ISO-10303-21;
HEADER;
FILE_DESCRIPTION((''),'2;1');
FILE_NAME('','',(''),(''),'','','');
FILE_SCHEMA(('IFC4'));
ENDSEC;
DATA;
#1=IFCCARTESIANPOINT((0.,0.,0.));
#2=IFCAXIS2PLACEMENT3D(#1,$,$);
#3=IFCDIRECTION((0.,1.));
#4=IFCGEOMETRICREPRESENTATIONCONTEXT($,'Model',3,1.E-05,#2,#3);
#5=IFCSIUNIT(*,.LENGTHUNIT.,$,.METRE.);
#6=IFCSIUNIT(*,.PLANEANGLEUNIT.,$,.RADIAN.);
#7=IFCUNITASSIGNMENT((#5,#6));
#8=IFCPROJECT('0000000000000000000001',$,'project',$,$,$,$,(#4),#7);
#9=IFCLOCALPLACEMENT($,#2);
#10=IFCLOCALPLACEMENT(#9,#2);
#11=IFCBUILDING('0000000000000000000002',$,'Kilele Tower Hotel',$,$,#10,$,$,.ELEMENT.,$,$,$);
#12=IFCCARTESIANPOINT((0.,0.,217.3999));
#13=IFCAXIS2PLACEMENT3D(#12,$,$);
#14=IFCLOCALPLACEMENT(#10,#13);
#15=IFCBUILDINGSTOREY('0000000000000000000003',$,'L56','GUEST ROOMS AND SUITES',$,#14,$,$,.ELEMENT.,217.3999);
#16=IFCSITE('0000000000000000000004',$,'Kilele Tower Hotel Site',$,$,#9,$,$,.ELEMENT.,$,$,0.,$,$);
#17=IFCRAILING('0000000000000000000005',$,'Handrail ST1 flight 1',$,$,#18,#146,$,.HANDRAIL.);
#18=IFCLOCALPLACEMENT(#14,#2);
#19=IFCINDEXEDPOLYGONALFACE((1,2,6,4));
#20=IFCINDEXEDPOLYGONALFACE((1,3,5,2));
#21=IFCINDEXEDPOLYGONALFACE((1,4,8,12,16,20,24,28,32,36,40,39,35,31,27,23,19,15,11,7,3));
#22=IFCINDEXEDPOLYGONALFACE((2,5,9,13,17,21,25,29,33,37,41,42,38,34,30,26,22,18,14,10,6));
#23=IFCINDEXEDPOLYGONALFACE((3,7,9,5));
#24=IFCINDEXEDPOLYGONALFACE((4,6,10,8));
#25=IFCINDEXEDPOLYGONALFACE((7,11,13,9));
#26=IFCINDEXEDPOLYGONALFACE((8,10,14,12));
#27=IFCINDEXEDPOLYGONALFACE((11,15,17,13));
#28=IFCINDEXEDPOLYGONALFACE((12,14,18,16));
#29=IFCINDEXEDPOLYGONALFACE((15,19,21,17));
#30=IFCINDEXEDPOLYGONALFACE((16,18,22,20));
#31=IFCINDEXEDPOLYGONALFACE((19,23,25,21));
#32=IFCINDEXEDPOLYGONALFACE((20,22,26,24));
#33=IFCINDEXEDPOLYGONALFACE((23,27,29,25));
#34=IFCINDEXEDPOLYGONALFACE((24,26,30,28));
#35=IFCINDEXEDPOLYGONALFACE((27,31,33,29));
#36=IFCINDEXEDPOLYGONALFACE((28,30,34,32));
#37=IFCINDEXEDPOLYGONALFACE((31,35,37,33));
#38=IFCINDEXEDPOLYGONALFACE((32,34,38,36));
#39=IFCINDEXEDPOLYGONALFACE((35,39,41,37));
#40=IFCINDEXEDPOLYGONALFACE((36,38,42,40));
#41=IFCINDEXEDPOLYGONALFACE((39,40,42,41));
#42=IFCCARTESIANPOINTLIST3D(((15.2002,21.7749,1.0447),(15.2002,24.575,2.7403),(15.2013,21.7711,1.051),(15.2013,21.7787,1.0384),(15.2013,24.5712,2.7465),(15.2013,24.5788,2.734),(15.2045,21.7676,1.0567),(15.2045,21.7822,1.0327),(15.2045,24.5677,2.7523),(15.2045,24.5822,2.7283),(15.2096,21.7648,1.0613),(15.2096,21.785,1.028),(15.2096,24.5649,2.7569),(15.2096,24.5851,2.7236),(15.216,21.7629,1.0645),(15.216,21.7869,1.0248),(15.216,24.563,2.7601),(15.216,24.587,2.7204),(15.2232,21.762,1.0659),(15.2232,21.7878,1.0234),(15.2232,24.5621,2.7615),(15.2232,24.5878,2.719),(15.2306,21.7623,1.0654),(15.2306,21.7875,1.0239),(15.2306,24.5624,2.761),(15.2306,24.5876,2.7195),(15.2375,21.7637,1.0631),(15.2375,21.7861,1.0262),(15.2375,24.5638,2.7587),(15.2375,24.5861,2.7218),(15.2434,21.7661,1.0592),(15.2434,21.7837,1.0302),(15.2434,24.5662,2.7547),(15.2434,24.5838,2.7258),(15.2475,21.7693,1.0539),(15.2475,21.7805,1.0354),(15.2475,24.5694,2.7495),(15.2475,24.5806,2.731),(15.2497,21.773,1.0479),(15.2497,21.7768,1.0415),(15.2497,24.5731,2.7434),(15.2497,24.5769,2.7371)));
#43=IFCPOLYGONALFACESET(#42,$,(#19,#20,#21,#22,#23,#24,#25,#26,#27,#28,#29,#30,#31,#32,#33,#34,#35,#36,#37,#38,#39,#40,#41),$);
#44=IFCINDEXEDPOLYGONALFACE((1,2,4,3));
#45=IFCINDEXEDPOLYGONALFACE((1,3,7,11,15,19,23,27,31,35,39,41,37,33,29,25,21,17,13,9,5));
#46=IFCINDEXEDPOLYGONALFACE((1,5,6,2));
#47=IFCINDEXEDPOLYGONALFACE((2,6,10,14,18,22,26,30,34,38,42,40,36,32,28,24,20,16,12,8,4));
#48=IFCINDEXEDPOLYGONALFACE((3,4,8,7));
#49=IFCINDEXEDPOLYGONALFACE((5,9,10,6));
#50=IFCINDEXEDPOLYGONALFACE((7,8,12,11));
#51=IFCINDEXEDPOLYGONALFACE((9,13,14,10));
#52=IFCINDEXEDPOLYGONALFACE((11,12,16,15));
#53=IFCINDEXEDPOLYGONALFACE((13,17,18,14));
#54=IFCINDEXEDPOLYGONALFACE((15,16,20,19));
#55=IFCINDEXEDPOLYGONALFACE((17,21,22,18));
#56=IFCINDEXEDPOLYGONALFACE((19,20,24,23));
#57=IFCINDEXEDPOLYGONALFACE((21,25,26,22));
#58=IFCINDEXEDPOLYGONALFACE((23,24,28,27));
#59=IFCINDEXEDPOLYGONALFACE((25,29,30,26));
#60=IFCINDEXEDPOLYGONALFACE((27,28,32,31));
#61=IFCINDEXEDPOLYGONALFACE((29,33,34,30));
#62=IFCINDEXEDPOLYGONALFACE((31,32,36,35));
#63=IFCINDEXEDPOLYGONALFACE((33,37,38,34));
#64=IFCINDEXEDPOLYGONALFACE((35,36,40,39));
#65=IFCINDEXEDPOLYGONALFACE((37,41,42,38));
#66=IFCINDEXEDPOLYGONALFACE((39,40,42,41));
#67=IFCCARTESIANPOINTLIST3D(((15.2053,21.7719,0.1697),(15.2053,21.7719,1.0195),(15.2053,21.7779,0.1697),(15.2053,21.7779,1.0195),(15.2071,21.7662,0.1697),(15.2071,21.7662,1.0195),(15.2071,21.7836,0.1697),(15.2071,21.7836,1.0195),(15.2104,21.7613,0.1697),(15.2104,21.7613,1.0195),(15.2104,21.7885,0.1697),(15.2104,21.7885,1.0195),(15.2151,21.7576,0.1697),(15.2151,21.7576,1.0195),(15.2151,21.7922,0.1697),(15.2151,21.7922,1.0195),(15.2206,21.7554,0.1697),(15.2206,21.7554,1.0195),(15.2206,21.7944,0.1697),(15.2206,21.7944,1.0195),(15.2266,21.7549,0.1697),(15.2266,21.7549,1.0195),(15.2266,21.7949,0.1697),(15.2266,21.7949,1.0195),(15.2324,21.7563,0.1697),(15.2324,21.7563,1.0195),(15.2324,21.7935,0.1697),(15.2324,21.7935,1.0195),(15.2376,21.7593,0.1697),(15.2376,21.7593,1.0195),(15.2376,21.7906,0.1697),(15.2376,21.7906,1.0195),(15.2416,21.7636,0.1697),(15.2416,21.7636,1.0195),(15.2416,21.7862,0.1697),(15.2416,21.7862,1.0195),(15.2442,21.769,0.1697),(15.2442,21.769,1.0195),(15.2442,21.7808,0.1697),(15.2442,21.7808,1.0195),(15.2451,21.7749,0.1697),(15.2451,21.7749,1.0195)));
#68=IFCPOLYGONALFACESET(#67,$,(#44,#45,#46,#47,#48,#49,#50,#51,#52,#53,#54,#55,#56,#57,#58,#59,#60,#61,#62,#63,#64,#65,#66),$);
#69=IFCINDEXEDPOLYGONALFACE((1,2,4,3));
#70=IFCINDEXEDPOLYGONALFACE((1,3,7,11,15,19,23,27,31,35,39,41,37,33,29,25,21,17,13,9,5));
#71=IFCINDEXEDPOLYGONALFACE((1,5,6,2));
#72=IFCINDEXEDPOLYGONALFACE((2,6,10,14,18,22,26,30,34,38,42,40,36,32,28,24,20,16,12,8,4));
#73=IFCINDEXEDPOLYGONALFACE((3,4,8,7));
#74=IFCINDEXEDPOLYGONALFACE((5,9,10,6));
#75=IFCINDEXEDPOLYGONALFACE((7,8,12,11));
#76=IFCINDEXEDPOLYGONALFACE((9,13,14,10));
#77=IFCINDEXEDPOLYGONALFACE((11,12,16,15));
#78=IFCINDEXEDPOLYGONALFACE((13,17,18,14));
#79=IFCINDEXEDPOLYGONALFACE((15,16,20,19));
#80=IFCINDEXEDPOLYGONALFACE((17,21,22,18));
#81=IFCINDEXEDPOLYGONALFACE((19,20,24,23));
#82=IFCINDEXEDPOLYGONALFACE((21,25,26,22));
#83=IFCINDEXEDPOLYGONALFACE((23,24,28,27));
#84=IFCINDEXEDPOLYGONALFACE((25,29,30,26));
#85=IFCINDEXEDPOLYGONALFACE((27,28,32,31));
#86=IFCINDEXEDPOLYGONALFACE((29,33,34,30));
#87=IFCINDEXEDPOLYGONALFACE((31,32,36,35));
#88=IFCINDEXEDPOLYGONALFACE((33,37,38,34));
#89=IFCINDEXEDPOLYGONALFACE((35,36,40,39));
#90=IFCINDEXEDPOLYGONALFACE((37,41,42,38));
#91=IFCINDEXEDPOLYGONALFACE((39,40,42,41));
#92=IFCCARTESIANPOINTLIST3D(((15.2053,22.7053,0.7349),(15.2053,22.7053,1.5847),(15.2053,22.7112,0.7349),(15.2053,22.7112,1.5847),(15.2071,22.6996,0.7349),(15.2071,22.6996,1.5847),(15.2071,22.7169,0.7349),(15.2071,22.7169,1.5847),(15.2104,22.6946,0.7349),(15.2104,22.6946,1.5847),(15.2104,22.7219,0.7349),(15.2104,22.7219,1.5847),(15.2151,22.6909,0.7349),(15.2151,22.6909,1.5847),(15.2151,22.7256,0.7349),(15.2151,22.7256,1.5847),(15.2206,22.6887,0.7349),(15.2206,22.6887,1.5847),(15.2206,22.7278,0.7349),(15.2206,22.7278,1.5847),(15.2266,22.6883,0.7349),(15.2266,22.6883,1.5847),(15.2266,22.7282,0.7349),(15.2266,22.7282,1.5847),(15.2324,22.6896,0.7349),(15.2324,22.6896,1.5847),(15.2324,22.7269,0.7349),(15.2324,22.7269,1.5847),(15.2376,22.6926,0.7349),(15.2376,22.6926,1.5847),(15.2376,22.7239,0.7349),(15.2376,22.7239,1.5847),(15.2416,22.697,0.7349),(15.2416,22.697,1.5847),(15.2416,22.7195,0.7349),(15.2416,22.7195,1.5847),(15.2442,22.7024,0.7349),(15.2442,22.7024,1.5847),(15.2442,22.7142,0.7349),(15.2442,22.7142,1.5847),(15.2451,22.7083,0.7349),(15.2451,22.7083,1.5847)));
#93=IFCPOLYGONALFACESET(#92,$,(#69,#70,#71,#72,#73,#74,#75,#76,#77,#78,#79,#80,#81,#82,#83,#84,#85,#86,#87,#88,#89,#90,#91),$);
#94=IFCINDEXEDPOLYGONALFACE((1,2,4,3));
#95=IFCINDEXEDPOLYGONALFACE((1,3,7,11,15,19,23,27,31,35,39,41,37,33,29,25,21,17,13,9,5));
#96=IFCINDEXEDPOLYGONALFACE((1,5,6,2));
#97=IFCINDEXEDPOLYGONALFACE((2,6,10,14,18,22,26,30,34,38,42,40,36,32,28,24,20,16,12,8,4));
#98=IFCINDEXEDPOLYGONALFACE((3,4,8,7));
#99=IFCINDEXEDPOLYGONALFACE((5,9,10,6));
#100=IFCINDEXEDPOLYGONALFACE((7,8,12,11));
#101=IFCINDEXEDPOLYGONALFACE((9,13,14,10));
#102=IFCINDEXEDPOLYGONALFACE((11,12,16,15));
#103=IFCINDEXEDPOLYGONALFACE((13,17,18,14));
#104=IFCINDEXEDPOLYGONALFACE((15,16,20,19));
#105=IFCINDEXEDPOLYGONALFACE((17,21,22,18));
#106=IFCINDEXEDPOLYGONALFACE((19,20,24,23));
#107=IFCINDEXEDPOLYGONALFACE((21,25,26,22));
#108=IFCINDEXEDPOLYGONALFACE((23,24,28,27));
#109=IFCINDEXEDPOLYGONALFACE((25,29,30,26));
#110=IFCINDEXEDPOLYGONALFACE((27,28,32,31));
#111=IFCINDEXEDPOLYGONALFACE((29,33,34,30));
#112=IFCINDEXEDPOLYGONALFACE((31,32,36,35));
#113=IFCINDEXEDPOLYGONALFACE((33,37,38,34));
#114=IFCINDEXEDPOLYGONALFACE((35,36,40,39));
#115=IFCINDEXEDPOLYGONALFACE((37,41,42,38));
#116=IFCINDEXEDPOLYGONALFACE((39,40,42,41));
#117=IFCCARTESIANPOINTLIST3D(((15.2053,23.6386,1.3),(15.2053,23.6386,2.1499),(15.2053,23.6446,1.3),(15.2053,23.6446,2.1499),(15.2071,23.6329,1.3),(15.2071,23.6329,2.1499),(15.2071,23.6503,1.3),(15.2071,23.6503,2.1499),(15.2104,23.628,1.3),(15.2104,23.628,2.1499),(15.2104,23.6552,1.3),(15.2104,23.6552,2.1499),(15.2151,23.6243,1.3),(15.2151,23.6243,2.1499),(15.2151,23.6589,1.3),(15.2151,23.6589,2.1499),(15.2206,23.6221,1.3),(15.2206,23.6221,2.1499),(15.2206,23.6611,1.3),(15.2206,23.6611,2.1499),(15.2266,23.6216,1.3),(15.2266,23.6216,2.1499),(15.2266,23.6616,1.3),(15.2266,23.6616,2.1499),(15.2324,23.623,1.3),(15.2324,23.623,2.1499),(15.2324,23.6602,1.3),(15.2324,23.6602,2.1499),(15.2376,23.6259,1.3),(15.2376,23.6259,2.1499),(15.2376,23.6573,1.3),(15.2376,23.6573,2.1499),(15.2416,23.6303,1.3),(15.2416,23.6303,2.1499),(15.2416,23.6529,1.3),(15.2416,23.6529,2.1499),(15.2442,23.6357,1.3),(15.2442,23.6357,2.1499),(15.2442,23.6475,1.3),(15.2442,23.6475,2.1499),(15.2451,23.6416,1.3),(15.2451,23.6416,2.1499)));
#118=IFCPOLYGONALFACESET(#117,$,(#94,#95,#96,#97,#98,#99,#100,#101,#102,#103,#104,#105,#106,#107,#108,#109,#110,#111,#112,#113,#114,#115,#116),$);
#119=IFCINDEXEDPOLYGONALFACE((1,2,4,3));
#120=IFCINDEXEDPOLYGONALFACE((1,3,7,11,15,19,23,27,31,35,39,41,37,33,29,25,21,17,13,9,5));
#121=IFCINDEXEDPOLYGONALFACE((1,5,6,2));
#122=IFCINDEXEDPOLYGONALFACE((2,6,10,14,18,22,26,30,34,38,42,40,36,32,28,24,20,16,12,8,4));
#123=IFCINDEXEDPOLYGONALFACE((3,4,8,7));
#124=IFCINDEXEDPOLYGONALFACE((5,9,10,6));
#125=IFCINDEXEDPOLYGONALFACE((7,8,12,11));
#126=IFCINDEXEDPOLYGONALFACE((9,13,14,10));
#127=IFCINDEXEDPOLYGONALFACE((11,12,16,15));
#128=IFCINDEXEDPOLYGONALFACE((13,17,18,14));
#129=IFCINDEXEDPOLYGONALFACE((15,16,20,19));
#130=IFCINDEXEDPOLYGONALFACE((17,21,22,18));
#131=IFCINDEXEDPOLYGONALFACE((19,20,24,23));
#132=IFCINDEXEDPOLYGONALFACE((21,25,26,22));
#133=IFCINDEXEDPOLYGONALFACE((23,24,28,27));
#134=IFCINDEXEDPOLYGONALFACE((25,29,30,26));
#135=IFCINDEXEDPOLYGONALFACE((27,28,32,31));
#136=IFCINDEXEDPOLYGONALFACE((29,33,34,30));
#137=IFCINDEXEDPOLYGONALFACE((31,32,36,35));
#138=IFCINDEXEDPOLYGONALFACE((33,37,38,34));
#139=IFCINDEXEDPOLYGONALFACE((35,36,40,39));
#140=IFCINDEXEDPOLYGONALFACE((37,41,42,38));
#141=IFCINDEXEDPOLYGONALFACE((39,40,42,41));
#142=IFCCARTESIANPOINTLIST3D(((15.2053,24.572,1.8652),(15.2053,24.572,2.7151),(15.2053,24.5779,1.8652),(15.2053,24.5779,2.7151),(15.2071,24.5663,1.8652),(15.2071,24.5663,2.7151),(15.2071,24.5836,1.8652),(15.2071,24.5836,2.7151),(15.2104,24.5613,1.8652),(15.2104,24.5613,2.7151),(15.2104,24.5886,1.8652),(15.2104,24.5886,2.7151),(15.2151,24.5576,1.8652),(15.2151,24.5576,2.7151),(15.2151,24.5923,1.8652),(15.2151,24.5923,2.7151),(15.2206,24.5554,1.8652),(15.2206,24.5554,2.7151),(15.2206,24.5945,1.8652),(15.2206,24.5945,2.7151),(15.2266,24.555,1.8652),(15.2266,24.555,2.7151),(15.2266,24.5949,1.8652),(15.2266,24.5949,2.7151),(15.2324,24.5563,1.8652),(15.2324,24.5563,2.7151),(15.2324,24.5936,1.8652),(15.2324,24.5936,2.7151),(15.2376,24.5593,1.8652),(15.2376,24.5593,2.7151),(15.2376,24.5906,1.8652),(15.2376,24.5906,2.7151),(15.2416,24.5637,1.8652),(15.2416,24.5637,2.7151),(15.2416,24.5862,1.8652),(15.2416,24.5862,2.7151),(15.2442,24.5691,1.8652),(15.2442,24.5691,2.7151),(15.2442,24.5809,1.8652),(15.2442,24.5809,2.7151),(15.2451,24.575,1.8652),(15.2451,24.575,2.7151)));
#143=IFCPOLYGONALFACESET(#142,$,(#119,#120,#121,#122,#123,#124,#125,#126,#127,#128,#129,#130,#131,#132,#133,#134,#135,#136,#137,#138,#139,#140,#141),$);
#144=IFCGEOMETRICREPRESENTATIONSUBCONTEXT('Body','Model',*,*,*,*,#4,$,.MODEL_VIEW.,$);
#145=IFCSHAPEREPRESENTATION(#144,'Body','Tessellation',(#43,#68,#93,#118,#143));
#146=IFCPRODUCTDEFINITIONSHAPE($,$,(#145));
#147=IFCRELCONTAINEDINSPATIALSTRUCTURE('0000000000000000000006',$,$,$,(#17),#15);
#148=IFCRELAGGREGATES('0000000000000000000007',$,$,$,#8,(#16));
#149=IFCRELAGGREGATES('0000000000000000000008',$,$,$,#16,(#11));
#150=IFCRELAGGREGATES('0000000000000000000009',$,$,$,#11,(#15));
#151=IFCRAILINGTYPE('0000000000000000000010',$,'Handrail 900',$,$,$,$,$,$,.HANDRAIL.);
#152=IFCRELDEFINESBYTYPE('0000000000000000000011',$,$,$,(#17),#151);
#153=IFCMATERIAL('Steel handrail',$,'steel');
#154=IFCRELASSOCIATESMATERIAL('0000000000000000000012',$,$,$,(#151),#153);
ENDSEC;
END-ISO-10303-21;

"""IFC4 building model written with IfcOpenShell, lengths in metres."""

from ifc_helpers import new_model, si_unit, direction, frame, origin, origin_2d, place, context, subcontext, project, spatial, circle, extrude, material, type_object, element, save


model = new_model("IFC4")

# Units and contexts
model_context = context("Model", 3, precision=1e-05, world=origin(), true_north=direction((0.0, 1.0)))
body_context = subcontext(model_context, "Body", "Model", "MODEL_VIEW")
ifc_project = project(units=[si_unit("LENGTHUNIT", "METRE"), si_unit("PLANEANGLEUNIT", "RADIAN")], contexts=[model_context])

# Site, building, storey
site_placement = place(None, origin())
site = spatial("IfcSite", under=ifc_project, at=site_placement, Name="Kilele Tower Hotel Site", CompositionType="ELEMENT", RefElevation=0.0)
building_placement = place(site_placement, origin())
building = spatial("IfcBuilding", under=site, at=building_placement, Name="Kilele Tower Hotel", CompositionType="ELEMENT")
storey_placement = place(building_placement, frame((0.0, 0.0, 217.3999)))
storey = spatial("IfcBuildingStorey", under=building, at=storey_placement, Name="L56", Description="GUEST ROOMS AND SUITES", CompositionType="ELEMENT", Elevation=217.3999)

# Railing
ifc_material_1 = material(Name="Steel handrail", Category="steel")
railing_type = type_object("IfcRailingType", Name="Handrail 900", PredefinedType="HANDRAIL", material=ifc_material_1)
for number, where, name in (
    (1, (15.2251, 21.7749, 0.1697), "Handrail ST1 flight 1"),
):
    element("IfcRailing", number, at=place(storey_placement, frame(where)), inside=storey, type_object=railing_type, Name=name, PredefinedType="HANDRAIL", context=body_context, shape_type="SweptSolid", body=[
        extrude(circle(Radius=0.0249, at=origin_2d()), frame((0.0, 0.0, 0.875), z_axis=(0.0, 0.855393, 0.517979), x_axis=(-1.0, 0.0, 0.0)), (0.0, 0.0, 1.0), 3.2734),
        extrude(circle(Radius=0.02, at=origin_2d()), origin(), (0.0, 0.0, 1.0), 0.8499),
        extrude(circle(Radius=0.02, at=origin_2d()), frame((0.0, 0.9333, 0.5652)), (0.0, 0.0, 1.0), 0.8499),
        extrude(circle(Radius=0.02, at=origin_2d()), frame((0.0, 1.8667, 1.1304)), (0.0, 0.0, 1.0), 0.8499),
        extrude(circle(Radius=0.02, at=origin_2d()), frame((0.0, 2.8, 1.6956)), (0.0, 0.0, 1.0), 0.8499),
    ])

save(model, "model.ifc")
